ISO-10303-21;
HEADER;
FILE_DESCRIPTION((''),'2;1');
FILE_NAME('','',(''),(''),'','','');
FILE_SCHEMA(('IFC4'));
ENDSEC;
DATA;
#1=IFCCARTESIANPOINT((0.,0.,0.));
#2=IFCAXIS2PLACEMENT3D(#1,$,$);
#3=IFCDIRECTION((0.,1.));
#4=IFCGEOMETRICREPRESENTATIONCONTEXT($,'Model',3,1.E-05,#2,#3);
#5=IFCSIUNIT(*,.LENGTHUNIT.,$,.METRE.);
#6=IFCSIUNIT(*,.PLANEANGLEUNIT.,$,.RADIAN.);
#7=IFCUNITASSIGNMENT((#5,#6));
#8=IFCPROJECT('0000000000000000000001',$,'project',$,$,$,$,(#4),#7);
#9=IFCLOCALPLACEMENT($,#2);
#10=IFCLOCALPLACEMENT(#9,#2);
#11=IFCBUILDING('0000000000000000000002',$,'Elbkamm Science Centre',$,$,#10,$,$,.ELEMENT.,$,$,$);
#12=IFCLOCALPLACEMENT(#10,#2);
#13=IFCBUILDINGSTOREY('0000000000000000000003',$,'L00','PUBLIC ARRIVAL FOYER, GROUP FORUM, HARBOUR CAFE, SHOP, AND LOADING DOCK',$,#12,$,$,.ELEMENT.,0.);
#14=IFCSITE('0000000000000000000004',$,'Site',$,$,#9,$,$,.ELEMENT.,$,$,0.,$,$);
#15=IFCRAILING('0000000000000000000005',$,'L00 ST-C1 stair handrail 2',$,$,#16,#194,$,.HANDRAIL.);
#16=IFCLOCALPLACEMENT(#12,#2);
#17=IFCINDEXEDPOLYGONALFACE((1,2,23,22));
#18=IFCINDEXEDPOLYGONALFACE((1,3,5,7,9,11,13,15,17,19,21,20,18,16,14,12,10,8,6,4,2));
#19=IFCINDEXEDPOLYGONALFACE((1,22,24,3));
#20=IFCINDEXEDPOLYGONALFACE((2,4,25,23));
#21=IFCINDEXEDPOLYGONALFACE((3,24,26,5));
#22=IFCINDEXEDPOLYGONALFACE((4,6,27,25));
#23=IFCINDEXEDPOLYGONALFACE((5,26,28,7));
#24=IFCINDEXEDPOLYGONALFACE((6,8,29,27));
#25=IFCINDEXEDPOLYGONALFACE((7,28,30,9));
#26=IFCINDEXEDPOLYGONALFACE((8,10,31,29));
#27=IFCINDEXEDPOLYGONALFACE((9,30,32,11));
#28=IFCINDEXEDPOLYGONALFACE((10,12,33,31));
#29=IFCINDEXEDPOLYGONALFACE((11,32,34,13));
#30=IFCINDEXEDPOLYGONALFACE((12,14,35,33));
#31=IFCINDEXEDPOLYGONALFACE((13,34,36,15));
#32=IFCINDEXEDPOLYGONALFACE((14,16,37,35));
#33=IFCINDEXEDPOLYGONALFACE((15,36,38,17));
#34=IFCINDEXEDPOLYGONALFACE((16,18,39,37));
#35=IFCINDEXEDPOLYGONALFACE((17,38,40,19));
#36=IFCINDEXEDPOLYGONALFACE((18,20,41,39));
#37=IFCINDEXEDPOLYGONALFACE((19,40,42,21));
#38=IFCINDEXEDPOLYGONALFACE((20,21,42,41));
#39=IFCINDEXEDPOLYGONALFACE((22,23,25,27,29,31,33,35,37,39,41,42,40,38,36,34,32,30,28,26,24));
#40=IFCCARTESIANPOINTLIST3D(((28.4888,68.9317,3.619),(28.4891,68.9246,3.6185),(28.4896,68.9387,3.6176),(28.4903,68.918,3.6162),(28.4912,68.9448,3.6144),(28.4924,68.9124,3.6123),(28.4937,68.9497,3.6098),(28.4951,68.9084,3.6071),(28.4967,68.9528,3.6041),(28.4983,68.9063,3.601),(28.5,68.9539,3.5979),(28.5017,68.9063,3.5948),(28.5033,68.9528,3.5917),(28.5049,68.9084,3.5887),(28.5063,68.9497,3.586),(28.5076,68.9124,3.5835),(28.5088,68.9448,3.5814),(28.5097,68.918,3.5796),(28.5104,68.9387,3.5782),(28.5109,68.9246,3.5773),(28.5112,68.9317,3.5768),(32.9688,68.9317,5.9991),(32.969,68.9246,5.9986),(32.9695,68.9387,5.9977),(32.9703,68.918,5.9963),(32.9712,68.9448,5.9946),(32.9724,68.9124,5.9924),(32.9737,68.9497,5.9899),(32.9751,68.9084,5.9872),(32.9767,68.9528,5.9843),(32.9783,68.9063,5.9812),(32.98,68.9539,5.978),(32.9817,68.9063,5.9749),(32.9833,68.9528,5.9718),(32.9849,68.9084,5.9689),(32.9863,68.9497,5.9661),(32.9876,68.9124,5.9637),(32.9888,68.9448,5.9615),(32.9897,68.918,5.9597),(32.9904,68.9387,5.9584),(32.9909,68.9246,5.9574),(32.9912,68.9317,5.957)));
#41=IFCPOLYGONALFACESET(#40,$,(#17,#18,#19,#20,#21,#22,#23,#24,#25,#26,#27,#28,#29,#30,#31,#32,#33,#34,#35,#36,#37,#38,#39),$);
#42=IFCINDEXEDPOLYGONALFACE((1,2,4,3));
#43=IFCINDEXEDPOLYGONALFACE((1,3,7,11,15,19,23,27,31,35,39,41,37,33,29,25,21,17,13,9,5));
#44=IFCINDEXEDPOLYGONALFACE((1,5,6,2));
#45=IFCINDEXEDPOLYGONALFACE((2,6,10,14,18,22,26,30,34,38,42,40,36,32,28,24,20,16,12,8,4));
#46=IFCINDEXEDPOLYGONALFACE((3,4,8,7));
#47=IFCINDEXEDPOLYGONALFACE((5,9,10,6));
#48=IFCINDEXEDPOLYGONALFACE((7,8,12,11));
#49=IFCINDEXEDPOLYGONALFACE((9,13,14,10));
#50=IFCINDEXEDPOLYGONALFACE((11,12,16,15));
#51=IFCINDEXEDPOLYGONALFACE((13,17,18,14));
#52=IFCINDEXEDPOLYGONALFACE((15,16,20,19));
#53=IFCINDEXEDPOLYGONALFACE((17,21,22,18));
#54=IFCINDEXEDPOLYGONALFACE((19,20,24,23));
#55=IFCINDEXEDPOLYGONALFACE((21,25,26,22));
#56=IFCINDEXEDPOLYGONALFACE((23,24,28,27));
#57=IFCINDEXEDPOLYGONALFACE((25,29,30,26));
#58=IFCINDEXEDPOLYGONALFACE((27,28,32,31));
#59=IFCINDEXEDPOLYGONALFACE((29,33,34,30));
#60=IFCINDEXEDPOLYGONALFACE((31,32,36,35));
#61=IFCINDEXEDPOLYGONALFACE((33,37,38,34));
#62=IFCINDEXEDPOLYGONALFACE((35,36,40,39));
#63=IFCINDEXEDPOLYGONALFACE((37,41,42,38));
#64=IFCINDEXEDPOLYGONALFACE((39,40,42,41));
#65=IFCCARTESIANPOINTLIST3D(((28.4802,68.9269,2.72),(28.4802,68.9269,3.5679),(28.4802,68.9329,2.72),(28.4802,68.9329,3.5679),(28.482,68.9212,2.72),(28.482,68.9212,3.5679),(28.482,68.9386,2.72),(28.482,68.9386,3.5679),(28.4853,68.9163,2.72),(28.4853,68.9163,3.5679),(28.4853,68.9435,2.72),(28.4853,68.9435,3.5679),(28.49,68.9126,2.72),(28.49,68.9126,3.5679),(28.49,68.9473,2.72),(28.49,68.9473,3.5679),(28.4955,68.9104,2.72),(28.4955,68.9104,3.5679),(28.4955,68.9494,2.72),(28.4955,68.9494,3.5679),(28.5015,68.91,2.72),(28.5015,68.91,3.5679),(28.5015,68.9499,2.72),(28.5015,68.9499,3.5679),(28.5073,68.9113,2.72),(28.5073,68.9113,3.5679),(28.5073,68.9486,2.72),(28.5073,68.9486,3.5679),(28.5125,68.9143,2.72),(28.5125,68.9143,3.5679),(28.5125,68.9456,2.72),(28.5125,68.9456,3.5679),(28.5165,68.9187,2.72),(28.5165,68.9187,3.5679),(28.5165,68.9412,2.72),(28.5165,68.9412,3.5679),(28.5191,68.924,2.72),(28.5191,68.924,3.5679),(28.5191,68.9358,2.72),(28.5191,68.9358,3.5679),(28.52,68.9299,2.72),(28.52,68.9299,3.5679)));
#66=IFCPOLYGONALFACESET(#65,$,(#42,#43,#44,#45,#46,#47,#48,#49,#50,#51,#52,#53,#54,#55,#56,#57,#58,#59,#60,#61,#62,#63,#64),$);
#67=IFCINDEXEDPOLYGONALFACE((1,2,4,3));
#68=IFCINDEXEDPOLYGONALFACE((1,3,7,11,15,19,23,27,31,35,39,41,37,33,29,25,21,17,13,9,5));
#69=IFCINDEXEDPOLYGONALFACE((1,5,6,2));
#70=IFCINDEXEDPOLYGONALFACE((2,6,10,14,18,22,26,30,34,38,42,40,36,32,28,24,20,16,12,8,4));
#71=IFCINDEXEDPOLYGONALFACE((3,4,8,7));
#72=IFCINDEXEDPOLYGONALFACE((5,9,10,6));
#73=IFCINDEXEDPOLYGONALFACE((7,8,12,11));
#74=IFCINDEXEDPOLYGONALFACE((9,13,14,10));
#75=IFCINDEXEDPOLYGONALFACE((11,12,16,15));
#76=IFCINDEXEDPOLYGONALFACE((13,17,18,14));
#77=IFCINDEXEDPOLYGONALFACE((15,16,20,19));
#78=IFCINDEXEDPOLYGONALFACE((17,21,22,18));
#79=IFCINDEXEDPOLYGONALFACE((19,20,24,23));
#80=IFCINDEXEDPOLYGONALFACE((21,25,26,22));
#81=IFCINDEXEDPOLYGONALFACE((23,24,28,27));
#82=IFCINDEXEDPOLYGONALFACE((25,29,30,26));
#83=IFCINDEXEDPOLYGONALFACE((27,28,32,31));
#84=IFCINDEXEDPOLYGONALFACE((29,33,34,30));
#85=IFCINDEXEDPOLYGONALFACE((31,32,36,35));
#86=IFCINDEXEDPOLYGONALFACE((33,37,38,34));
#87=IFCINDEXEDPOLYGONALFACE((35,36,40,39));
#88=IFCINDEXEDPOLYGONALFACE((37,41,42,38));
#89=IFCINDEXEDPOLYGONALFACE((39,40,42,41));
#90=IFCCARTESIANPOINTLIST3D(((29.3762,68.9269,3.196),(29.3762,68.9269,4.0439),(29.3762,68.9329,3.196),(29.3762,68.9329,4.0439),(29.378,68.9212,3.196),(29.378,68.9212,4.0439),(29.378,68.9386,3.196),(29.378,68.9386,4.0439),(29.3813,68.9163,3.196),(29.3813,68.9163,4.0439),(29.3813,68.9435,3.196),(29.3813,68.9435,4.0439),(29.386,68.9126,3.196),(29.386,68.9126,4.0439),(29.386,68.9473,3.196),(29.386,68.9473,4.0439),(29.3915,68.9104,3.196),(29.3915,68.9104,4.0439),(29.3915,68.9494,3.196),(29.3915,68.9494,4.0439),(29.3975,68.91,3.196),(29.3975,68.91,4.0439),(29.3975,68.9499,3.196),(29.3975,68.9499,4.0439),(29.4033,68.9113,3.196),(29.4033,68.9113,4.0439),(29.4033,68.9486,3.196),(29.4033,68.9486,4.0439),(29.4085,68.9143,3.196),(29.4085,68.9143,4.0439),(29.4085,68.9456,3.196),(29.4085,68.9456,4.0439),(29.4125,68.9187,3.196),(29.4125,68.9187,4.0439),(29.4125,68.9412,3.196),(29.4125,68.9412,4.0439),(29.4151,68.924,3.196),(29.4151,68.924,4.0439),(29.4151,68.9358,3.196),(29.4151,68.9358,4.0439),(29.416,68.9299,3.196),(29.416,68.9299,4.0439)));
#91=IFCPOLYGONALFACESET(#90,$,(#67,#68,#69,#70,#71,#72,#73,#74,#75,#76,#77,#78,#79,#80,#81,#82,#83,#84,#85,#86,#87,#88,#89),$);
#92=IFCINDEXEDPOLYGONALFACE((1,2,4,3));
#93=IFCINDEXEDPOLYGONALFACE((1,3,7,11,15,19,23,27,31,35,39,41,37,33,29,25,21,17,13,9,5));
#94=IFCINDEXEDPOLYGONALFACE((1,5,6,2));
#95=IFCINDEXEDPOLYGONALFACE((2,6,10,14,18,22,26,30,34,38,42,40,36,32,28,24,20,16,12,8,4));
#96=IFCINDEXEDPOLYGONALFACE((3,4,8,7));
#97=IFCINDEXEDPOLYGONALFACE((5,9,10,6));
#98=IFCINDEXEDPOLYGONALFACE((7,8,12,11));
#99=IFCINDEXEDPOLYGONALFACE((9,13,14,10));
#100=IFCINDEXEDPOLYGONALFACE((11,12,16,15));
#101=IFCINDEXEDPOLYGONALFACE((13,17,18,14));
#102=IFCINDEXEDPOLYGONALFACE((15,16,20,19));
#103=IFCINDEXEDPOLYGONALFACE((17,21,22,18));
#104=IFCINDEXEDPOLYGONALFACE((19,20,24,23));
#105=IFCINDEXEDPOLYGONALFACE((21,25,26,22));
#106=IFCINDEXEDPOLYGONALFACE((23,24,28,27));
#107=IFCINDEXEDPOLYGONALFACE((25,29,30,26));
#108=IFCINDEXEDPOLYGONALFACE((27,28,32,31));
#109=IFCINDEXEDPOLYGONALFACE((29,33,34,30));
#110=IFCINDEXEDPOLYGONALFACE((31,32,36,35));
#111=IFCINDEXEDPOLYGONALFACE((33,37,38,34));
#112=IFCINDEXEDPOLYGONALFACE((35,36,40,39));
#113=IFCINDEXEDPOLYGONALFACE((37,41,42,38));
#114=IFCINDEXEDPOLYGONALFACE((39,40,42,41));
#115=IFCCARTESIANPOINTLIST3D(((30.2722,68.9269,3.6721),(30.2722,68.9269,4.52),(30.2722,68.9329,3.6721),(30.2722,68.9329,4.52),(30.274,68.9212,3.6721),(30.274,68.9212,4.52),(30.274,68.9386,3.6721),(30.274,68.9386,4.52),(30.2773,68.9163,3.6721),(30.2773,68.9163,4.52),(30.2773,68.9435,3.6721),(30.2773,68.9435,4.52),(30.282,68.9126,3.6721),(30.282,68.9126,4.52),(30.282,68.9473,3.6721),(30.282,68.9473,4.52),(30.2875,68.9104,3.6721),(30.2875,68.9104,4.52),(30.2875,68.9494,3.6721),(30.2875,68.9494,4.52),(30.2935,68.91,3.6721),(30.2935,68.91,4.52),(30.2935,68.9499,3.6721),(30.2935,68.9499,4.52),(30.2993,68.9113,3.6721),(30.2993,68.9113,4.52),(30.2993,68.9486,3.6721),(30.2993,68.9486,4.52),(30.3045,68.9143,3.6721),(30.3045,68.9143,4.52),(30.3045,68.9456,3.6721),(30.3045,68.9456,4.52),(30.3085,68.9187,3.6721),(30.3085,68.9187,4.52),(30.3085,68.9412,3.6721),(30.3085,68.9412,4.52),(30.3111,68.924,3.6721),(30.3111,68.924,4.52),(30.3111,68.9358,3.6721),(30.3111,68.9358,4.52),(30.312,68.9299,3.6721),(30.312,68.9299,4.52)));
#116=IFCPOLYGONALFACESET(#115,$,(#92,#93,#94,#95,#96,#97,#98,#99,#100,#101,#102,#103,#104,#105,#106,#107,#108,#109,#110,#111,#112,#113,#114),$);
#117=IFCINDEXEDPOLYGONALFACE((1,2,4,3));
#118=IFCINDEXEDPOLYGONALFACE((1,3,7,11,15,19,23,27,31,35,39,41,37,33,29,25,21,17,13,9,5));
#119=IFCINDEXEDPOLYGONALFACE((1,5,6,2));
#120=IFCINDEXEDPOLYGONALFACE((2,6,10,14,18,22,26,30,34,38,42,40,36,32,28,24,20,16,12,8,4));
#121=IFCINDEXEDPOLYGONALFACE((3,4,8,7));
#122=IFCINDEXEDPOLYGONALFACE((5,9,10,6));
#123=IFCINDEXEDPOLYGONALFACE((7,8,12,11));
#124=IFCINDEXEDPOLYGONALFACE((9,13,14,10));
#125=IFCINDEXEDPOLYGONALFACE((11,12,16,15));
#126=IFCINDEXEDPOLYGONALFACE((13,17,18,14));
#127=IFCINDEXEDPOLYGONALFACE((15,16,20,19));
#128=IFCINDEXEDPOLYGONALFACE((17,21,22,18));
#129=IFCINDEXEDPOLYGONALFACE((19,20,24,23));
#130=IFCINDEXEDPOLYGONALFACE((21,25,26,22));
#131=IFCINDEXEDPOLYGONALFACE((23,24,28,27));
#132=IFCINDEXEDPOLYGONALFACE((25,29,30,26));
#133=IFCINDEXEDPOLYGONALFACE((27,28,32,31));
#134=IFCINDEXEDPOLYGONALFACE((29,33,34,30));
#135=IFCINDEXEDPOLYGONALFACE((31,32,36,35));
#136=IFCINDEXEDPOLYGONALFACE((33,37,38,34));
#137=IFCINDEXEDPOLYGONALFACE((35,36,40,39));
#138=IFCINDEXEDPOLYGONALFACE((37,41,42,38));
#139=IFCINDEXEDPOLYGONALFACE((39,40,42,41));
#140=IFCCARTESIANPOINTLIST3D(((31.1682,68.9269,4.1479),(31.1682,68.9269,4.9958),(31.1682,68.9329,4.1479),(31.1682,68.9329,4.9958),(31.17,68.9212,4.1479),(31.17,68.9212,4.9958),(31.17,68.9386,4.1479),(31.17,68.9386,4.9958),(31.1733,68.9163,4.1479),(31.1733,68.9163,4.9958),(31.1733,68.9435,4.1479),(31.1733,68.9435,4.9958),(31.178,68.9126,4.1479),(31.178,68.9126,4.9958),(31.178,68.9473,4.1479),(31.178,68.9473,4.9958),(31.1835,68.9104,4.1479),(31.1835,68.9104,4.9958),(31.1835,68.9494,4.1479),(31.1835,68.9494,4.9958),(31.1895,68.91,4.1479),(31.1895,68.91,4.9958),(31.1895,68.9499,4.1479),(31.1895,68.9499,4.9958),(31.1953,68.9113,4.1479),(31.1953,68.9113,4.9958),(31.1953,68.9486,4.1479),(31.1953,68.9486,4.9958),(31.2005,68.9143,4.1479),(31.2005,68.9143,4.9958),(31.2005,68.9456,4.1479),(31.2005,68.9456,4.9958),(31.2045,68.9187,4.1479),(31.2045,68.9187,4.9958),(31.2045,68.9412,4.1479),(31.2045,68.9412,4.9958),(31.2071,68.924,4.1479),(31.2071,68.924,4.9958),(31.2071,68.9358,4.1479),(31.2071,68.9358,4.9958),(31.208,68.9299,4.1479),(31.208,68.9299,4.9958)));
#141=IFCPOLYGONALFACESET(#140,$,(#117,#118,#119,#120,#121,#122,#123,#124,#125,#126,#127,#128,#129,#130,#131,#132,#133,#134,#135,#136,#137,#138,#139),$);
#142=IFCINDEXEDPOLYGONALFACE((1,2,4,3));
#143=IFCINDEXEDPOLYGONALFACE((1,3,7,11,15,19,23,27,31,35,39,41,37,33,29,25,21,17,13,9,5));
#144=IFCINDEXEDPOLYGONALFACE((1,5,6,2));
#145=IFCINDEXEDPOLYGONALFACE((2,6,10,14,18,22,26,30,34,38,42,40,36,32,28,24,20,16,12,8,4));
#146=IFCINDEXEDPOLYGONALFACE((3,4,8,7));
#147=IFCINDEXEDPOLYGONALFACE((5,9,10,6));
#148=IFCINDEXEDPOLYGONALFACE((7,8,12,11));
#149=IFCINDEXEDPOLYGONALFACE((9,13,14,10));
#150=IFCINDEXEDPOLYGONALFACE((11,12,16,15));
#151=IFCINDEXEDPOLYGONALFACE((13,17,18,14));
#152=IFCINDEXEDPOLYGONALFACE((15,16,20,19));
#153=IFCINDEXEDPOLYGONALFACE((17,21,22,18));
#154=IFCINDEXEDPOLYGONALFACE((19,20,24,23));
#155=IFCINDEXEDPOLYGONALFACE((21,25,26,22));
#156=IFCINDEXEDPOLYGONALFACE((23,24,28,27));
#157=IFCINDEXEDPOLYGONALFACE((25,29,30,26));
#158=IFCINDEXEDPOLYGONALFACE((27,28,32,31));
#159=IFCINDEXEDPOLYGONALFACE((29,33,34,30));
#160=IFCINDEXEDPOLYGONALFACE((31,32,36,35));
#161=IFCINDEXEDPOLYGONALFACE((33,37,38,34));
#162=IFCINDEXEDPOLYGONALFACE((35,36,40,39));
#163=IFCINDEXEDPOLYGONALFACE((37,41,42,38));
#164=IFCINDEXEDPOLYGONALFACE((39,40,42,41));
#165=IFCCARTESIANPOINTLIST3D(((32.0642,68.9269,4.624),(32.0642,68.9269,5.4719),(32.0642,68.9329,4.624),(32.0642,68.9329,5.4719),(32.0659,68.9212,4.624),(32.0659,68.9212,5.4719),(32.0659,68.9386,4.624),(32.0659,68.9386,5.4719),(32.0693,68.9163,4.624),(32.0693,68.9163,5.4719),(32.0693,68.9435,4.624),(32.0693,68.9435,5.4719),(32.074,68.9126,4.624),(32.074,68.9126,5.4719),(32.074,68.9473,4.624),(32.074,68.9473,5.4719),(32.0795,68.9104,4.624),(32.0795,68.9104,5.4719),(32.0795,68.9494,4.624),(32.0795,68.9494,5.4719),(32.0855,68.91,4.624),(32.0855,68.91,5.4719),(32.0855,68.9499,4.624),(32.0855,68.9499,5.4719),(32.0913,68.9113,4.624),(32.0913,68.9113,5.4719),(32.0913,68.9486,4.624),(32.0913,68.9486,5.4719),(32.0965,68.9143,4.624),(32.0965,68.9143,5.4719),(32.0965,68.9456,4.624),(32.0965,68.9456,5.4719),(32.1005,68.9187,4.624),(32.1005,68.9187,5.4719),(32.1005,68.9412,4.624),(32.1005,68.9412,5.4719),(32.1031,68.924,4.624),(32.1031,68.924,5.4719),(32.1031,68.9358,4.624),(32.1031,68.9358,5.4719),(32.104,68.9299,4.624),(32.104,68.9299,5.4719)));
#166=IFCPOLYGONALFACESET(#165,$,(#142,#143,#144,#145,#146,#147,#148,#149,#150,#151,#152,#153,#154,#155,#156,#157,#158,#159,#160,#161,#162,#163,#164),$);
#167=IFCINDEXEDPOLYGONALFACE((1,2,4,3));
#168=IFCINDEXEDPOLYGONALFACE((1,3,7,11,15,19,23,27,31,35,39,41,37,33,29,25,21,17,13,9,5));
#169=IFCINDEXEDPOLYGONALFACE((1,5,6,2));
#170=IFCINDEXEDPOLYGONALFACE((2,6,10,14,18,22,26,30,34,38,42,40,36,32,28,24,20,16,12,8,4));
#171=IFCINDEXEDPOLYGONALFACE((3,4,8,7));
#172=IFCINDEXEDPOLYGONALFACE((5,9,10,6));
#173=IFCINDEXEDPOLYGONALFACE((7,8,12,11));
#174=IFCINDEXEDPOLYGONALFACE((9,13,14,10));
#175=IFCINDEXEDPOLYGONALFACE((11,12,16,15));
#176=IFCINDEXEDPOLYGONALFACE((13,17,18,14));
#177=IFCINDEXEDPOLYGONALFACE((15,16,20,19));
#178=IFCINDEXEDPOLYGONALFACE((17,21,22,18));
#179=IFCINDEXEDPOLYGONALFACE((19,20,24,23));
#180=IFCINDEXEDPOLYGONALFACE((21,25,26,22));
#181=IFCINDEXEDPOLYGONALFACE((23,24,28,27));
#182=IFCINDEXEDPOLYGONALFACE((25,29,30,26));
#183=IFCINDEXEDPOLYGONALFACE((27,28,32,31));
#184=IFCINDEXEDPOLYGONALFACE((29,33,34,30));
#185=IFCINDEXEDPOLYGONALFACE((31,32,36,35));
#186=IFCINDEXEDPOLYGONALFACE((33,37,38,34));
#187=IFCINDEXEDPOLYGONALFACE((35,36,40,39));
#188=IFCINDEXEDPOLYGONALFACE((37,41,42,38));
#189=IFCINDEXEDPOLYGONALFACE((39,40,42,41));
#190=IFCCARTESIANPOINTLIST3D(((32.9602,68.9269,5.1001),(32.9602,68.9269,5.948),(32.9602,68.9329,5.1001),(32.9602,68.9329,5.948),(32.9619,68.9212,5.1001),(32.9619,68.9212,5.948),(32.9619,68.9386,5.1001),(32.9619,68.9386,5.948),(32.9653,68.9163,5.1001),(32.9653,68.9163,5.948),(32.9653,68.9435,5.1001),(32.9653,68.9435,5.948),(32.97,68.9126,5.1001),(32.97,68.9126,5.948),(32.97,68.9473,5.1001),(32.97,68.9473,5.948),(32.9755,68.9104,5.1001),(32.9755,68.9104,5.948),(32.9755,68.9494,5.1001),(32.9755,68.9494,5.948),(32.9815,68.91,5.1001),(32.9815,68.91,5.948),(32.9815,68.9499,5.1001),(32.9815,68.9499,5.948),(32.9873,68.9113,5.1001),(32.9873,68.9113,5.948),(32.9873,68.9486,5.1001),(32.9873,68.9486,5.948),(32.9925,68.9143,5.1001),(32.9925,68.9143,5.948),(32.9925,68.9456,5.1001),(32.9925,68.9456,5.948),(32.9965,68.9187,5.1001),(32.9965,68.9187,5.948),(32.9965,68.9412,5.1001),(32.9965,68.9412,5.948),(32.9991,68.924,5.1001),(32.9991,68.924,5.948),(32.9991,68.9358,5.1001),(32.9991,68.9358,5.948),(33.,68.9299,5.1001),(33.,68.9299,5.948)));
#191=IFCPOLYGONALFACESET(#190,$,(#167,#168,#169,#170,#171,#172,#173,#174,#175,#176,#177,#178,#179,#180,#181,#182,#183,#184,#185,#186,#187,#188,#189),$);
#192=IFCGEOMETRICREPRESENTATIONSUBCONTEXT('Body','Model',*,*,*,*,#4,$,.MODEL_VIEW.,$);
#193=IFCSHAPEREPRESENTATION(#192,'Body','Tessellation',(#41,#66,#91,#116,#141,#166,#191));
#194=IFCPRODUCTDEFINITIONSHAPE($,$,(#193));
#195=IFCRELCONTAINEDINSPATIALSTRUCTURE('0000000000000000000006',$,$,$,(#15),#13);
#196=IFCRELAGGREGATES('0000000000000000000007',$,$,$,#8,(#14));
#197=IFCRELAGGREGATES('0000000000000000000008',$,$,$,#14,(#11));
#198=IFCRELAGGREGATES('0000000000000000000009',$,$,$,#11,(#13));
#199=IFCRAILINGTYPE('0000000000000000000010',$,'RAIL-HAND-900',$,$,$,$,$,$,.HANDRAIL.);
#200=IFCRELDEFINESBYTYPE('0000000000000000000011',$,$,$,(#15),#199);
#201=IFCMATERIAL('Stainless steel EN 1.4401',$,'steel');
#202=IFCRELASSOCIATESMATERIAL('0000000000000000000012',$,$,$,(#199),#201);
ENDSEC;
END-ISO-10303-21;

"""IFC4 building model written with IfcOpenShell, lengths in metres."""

from ifc_helpers import new_model, si_unit, direction, frame, origin, origin_2d, place, context, subcontext, project, spatial, circle, extrude, material, type_object, element, save


model = new_model("IFC4")

# Units and contexts
model_context = context("Model", 3, precision=1e-05, world=origin(), true_north=direction((0.0, 1.0)))
body_context = subcontext(model_context, "Body", "Model", "MODEL_VIEW")
ifc_project = project(units=[si_unit("LENGTHUNIT", "METRE"), si_unit("PLANEANGLEUNIT", "RADIAN")], contexts=[model_context])

# Site, building, storey
site_placement = place(None, origin())
site = spatial("IfcSite", under=ifc_project, at=site_placement, Name="Site", CompositionType="ELEMENT", RefElevation=0.0)
building_placement = place(site_placement, origin())
building = spatial("IfcBuilding", under=site, at=building_placement, Name="Elbkamm Science Centre", CompositionType="ELEMENT")
storey_placement = place(building_placement, origin())
storey = spatial("IfcBuildingStorey", under=building, at=storey_placement, Name="L00", Description="PUBLIC ARRIVAL FOYER, GROUP FORUM, HARBOUR CAFE, SHOP, AND LOADING DOCK", CompositionType="ELEMENT", Elevation=0.0)

# Railing
ifc_material_1 = material(Name="Stainless steel EN 1.4401", Category="steel")
railing_type_1 = type_object("IfcRailingType", Name="RAIL-HAND-900", PredefinedType="HANDRAIL", material=ifc_material_1)
railing_1_placement = place(storey_placement, frame((28.5, 68.9299, 2.72)))
element("IfcRailing", 1, at=railing_1_placement, inside=storey, type_object=railing_type_1, Name="L00 ST-C1 stair handrail 2", PredefinedType="HANDRAIL", context=body_context, shape_type="SweptSolid", body=[
    extrude(circle(Radius=0.0239, at=origin_2d()), frame((0.0, 0.0, 0.8779), z_axis=(0.883105, 0.0, 0.469176), x_axis=(0.0, 1.0, 0.0)), (0.0, 0.0, 1.0), 5.073),
    extrude(circle(Radius=0.02, at=origin_2d()), origin(), (0.0, 0.0, 1.0), 0.8479),
    extrude(circle(Radius=0.02, at=origin_2d()), frame((0.896, 0.0, 0.4761)), (0.0, 0.0, 1.0), 0.8479),
    extrude(circle(Radius=0.02, at=origin_2d()), frame((1.792, 0.0, 0.9521)), (0.0, 0.0, 1.0), 0.8479),
    extrude(circle(Radius=0.02, at=origin_2d()), frame((2.688, 0.0, 1.428)), (0.0, 0.0, 1.0), 0.8479),
    extrude(circle(Radius=0.02, at=origin_2d()), frame((3.584, 0.0, 1.9041)), (0.0, 0.0, 1.0), 0.8479),
    extrude(circle(Radius=0.02, at=origin_2d()), frame((4.48, 0.0, 2.3801)), (0.0, 0.0, 1.0), 0.8479),
])

save(model, "model.ifc")
